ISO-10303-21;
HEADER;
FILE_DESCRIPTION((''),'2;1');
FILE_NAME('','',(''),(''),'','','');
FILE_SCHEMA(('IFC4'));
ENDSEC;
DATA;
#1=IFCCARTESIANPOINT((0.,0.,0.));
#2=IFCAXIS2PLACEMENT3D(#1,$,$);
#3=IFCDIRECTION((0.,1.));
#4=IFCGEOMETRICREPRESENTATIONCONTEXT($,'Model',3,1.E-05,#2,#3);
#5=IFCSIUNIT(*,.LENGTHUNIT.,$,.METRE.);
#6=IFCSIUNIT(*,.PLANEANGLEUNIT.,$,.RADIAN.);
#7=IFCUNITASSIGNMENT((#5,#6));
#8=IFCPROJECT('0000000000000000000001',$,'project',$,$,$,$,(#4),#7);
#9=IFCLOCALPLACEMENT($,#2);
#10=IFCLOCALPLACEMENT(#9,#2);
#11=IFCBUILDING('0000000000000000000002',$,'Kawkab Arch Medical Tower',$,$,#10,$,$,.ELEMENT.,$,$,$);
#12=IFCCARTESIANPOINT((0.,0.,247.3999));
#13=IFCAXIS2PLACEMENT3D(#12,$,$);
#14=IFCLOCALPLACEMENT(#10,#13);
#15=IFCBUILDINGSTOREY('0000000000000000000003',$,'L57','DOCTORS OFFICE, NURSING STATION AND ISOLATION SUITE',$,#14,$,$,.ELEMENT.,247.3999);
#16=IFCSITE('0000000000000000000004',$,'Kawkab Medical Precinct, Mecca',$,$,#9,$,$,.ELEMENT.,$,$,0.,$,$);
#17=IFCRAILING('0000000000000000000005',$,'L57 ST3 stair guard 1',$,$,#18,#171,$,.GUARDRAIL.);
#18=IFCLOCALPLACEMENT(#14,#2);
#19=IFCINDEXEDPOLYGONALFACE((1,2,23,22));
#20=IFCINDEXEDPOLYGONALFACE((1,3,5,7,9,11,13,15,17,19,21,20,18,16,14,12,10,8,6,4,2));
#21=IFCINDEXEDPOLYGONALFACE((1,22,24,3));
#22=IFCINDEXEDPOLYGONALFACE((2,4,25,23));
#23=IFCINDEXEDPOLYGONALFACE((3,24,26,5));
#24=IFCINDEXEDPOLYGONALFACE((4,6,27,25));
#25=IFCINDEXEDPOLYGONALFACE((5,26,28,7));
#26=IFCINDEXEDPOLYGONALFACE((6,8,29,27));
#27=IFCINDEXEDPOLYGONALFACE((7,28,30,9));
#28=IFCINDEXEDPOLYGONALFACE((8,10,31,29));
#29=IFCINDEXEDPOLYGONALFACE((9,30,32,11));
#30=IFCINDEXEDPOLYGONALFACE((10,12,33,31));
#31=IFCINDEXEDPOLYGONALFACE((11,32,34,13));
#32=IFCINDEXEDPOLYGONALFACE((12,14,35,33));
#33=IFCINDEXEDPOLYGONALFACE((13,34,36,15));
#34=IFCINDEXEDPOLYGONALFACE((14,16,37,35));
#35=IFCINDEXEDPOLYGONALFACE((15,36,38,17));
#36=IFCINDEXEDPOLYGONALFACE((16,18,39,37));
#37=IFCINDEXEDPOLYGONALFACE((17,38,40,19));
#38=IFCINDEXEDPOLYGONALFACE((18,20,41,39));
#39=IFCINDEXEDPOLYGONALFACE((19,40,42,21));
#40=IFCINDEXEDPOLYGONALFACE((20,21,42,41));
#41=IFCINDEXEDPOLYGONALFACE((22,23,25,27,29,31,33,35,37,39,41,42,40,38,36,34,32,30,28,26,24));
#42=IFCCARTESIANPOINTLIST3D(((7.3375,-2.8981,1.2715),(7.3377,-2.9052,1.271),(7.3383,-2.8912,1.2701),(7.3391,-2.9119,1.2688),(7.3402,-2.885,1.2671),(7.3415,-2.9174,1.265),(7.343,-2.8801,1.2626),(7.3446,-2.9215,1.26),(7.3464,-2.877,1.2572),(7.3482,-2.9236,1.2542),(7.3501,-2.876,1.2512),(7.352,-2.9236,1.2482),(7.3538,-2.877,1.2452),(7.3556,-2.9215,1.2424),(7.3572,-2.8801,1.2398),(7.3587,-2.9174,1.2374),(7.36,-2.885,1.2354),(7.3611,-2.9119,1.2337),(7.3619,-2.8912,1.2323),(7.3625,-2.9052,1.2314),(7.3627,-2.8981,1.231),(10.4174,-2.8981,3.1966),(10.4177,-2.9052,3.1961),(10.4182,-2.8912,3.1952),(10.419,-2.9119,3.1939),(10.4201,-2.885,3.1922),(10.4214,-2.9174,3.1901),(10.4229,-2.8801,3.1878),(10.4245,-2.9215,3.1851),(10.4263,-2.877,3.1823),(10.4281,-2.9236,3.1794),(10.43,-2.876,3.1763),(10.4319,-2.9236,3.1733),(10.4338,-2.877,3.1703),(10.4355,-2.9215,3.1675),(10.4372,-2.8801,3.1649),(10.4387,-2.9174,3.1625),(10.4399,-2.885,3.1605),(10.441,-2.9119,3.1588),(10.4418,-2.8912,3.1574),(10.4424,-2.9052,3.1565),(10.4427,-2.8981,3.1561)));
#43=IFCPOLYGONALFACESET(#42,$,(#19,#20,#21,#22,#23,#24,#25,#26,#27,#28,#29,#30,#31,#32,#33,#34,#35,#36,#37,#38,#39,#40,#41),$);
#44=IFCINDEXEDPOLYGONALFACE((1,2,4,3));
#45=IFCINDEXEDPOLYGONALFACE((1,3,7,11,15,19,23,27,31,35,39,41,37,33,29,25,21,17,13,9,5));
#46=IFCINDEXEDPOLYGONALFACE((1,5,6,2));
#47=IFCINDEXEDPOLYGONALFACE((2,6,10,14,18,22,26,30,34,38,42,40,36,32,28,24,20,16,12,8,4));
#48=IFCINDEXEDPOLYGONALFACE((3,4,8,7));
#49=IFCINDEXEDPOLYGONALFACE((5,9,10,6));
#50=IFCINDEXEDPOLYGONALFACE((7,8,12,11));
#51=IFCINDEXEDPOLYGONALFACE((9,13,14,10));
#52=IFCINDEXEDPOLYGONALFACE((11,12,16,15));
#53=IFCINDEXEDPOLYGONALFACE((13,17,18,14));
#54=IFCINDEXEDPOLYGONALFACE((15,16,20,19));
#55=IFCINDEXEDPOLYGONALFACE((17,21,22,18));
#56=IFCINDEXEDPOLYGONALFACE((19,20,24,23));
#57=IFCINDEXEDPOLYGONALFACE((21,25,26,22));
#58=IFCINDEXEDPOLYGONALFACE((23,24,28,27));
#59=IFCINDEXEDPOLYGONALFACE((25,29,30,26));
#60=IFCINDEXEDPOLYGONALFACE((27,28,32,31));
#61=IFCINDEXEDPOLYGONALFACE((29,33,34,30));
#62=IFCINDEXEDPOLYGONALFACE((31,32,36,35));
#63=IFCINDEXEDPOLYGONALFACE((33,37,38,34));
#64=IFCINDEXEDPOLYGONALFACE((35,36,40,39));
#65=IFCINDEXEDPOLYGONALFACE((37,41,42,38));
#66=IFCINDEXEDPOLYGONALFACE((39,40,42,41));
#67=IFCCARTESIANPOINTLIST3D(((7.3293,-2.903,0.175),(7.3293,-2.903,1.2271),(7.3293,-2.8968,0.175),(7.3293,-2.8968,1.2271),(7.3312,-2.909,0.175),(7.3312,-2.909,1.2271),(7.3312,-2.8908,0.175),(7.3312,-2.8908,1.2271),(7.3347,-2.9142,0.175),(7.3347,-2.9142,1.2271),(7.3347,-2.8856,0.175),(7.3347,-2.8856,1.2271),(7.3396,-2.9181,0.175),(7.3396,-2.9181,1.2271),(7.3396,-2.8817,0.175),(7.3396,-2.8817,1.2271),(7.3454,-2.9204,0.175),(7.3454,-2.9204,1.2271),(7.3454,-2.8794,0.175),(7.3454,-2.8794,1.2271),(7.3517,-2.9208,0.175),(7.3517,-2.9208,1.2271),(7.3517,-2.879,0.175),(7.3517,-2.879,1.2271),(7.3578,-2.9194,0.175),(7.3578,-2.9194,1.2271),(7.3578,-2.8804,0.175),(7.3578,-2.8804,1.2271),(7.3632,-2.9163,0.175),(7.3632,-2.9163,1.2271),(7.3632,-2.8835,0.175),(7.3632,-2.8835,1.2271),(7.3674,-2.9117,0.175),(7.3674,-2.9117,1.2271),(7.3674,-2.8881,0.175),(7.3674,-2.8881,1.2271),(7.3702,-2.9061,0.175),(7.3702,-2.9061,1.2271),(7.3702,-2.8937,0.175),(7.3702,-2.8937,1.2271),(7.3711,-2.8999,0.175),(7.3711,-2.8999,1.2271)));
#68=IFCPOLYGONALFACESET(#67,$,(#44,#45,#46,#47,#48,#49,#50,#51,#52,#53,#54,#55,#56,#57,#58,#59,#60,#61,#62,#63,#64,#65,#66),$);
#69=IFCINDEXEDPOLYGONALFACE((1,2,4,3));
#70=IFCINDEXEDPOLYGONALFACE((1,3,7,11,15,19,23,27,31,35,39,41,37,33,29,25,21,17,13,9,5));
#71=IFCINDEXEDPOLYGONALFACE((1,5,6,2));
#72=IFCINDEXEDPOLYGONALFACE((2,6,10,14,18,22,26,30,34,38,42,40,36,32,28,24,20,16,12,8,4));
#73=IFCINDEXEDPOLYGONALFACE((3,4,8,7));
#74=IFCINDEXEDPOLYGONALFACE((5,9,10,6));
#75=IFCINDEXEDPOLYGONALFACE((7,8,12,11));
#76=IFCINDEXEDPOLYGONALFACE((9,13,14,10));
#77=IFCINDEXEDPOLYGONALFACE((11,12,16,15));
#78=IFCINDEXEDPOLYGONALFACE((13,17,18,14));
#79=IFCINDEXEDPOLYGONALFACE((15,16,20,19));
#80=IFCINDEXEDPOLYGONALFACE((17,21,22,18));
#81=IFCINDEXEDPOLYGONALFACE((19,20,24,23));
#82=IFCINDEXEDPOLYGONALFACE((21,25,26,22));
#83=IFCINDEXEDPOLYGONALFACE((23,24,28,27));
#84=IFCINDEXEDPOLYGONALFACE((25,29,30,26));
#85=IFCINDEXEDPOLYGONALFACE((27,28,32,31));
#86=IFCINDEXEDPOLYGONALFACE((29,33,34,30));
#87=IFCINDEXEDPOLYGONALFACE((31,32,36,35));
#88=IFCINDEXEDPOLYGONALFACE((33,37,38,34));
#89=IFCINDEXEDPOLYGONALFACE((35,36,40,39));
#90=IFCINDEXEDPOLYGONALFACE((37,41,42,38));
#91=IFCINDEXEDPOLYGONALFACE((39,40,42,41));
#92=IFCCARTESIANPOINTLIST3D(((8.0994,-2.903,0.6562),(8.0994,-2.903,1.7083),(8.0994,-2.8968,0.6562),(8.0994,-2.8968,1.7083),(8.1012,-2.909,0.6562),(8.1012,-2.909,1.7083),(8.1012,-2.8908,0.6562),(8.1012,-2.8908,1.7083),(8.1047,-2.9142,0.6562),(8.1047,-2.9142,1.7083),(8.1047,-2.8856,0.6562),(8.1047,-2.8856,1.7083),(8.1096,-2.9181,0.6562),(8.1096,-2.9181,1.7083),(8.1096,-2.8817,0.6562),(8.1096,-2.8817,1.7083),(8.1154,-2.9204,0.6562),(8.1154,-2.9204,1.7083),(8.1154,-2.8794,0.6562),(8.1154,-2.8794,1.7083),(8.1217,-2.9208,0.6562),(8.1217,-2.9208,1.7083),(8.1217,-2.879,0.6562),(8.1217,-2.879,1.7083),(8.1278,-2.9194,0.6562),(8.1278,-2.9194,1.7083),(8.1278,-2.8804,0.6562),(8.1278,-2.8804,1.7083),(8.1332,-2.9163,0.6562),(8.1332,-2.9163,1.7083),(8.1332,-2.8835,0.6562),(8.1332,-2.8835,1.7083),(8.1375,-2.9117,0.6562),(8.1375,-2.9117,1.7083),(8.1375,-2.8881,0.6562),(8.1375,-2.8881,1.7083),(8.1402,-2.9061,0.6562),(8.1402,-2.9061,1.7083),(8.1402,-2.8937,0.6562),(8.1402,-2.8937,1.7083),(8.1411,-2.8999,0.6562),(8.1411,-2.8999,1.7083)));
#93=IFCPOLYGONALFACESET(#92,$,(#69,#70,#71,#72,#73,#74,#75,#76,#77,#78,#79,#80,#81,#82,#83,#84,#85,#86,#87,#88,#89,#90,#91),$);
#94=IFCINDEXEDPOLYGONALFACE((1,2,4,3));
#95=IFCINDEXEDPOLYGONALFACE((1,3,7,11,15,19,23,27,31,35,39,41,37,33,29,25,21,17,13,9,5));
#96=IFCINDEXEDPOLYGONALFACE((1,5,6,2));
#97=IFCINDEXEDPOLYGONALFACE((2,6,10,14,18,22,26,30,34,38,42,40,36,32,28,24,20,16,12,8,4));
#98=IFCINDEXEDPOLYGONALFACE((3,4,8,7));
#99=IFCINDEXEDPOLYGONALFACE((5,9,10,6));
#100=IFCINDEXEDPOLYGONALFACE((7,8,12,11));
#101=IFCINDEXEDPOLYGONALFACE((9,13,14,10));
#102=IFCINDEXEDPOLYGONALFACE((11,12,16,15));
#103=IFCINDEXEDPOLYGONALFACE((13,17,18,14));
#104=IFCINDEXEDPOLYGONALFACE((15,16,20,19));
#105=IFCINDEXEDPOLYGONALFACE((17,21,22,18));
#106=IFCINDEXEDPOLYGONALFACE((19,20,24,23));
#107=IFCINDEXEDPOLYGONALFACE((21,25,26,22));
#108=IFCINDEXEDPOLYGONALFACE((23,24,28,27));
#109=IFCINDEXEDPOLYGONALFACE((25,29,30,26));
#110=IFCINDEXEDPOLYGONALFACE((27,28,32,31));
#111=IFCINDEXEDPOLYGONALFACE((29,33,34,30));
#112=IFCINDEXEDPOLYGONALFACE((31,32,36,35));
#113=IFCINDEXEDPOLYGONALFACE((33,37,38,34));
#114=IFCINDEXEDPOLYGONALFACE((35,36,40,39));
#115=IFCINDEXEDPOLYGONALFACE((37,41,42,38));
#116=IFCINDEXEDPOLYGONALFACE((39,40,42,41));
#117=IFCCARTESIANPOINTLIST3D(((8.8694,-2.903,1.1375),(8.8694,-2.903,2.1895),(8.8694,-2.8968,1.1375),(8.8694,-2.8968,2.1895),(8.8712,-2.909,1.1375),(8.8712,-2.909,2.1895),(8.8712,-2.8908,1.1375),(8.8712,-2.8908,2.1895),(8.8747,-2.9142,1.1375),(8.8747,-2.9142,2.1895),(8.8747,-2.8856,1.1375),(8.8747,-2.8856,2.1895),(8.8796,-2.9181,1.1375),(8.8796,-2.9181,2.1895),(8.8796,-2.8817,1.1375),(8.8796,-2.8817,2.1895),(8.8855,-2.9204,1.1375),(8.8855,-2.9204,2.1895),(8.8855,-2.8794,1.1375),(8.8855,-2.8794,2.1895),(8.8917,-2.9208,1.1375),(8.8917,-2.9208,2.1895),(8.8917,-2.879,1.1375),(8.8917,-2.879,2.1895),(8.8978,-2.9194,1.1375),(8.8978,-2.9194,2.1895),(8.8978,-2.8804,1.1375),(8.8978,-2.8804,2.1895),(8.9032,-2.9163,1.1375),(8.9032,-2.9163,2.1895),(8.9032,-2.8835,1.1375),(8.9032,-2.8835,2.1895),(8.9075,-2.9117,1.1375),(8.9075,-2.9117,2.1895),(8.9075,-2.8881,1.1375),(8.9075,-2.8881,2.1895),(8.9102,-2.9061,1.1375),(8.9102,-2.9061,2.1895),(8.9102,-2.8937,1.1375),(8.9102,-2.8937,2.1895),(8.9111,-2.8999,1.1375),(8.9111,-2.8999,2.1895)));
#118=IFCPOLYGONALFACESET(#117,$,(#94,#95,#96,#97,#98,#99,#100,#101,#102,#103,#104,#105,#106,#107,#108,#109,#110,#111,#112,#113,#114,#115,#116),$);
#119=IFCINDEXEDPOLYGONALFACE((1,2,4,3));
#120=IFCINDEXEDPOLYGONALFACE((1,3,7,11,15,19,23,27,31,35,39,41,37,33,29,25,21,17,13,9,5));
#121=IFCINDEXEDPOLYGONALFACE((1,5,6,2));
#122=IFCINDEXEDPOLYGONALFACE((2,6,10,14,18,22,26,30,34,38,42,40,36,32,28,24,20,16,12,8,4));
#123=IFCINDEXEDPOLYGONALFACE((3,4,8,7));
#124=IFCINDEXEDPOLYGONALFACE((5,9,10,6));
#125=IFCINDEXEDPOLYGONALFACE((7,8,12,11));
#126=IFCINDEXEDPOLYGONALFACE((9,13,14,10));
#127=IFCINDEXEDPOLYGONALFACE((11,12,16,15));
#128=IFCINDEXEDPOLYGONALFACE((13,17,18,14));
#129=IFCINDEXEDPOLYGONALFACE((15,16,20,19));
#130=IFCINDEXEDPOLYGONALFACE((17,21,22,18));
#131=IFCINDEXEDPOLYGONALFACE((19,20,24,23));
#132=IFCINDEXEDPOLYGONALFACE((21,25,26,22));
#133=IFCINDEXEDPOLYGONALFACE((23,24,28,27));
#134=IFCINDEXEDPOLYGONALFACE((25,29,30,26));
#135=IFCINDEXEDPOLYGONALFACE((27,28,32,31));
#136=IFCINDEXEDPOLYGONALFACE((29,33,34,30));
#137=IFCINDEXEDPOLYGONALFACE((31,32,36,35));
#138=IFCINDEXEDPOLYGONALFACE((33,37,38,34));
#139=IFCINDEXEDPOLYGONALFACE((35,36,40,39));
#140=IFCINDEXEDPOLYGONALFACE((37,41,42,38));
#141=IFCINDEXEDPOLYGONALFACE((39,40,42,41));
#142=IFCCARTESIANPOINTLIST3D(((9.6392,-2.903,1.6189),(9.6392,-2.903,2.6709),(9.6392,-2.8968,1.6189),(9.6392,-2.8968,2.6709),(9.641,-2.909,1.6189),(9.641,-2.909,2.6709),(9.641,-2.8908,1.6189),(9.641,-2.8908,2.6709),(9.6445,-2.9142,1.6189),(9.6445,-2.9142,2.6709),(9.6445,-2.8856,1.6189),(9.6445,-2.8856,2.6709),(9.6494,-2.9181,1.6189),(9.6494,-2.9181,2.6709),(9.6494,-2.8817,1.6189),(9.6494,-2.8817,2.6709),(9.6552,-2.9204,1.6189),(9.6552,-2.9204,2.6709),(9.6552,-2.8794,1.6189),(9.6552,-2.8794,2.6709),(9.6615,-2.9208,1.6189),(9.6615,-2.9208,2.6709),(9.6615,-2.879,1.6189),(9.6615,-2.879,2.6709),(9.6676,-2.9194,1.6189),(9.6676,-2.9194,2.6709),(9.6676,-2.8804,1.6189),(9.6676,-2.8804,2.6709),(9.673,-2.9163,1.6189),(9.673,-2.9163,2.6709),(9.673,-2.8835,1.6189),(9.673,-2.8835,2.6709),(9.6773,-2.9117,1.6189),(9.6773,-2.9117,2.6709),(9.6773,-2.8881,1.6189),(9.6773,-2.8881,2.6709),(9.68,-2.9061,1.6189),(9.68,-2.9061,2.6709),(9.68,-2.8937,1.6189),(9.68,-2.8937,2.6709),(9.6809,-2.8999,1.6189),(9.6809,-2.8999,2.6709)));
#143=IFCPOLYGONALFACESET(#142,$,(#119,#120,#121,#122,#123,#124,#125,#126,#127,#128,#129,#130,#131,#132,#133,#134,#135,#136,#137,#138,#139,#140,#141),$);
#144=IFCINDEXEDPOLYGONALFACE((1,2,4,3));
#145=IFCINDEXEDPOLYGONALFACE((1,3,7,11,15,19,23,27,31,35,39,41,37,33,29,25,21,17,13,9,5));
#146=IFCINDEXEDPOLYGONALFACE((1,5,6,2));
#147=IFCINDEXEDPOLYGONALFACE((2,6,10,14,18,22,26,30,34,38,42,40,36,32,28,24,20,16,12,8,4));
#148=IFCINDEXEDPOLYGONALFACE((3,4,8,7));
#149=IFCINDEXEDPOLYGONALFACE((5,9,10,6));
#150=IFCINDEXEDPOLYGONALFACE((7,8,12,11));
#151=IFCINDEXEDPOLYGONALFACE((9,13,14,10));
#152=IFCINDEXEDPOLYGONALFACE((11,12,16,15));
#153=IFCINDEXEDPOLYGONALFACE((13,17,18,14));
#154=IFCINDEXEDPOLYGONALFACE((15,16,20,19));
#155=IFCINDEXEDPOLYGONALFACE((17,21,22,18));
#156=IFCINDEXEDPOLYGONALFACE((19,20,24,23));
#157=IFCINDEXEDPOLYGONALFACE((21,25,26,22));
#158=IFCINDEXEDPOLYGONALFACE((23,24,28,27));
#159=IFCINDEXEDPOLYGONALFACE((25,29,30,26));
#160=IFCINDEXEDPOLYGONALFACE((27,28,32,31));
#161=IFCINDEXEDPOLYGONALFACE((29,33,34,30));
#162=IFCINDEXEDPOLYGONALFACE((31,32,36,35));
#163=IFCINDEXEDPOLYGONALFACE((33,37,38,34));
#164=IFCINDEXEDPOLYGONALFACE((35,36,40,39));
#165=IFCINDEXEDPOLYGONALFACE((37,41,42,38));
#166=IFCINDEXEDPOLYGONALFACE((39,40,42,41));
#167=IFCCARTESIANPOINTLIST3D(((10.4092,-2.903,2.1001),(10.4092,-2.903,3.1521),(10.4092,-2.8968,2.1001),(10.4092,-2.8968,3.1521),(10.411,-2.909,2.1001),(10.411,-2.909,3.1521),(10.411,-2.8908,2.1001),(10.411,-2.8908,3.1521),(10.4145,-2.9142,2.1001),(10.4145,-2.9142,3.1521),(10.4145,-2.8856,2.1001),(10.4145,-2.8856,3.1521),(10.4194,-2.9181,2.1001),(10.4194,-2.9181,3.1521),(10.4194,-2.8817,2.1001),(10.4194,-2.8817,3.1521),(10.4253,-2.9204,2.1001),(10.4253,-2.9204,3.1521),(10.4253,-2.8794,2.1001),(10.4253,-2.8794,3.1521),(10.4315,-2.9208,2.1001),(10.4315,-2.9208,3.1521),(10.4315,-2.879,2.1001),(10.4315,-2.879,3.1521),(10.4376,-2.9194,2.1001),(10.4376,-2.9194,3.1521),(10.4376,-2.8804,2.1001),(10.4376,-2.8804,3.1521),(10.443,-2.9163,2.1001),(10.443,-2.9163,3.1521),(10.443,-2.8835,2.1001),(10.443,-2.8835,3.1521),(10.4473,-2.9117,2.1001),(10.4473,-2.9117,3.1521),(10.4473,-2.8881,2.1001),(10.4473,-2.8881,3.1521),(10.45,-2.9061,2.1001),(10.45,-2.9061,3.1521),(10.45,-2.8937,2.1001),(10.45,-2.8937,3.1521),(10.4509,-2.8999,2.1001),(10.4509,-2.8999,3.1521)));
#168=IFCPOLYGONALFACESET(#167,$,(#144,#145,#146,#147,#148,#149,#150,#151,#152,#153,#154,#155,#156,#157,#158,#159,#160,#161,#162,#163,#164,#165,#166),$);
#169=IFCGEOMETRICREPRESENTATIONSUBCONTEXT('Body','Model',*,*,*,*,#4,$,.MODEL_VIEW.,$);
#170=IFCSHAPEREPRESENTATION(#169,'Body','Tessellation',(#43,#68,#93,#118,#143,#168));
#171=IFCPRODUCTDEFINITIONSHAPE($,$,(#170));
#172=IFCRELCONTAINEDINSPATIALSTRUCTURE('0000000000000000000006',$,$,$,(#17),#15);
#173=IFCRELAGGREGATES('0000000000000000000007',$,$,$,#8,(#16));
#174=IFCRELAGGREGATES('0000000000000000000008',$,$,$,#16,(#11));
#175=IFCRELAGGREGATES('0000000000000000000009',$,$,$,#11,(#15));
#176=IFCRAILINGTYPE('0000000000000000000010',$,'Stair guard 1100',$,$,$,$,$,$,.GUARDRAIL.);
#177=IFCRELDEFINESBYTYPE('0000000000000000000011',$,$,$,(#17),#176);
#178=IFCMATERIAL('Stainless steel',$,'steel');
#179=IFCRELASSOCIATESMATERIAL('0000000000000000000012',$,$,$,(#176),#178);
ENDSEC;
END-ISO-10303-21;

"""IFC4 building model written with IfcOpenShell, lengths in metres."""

from ifc_helpers import new_model, si_unit, direction, frame, origin, origin_2d, place, context, subcontext, project, spatial, circle, extrude, material, type_object, element, save


model = new_model("IFC4")

# Units and contexts
model_context = context("Model", 3, precision=1e-05, world=origin(), true_north=direction((0.0, 1.0)))
body_context = subcontext(model_context, "Body", "Model", "MODEL_VIEW")
ifc_project = project(units=[si_unit("LENGTHUNIT", "METRE"), si_unit("PLANEANGLEUNIT", "RADIAN")], contexts=[model_context])

# Site, building, storey
site_placement = place(None, origin())
site = spatial("IfcSite", under=ifc_project, at=site_placement, Name="Kawkab Medical Precinct, Mecca", CompositionType="ELEMENT", RefElevation=0.0)
building_placement = place(site_placement, origin())
building = spatial("IfcBuilding", under=site, at=building_placement, Name="Kawkab Arch Medical Tower", CompositionType="ELEMENT")
storey_placement = place(building_placement, frame((0.0, 0.0, 247.3999)))
storey = spatial("IfcBuildingStorey", under=building, at=storey_placement, Name="L57", Description="DOCTORS OFFICE, NURSING STATION AND ISOLATION SUITE", CompositionType="ELEMENT", Elevation=247.3999)

# Railing
ifc_material_1 = material(Name="Stainless steel", Category="steel")
railing_type = type_object("IfcRailingType", Name="Stair guard 1100", PredefinedType="GUARDRAIL", material=ifc_material_1)
railing_placement = place(storey_placement, frame((7.3501, -2.8999, 0.175)))
element("IfcRailing", 1, at=railing_placement, inside=storey, type_object=railing_type, Name="L57 ST3 stair guard 1", PredefinedType="GUARDRAIL", context=body_context, shape_type="SweptSolid", body=[
    extrude(circle(Radius=0.0239, at=origin_2d()), frame((0.0, 0.0, 1.0762), z_axis=(0.847979, 0.0, 0.530029), x_axis=(0.0, 1.0, 0.0)), (0.0, 0.0, 1.0), 3.6321),
    extrude(circle(Radius=0.021, at=origin_2d()), origin(), (0.0, 0.0, 1.0), 1.052),
    extrude(circle(Radius=0.021, at=origin_2d()), frame((0.77, 0.0, 0.4812)), (0.0, 0.0, 1.0), 1.052),
    extrude(circle(Radius=0.021, at=origin_2d()), frame((1.54, 0.0, 0.9624)), (0.0, 0.0, 1.0), 1.052),
    extrude(circle(Radius=0.021, at=origin_2d()), frame((2.3098, 0.0, 1.4438)), (0.0, 0.0, 1.0), 1.052),
    extrude(circle(Radius=0.021, at=origin_2d()), frame((3.0798, 0.0, 1.925)), (0.0, 0.0, 1.0), 1.052),
])

save(model, "model.ifc")
